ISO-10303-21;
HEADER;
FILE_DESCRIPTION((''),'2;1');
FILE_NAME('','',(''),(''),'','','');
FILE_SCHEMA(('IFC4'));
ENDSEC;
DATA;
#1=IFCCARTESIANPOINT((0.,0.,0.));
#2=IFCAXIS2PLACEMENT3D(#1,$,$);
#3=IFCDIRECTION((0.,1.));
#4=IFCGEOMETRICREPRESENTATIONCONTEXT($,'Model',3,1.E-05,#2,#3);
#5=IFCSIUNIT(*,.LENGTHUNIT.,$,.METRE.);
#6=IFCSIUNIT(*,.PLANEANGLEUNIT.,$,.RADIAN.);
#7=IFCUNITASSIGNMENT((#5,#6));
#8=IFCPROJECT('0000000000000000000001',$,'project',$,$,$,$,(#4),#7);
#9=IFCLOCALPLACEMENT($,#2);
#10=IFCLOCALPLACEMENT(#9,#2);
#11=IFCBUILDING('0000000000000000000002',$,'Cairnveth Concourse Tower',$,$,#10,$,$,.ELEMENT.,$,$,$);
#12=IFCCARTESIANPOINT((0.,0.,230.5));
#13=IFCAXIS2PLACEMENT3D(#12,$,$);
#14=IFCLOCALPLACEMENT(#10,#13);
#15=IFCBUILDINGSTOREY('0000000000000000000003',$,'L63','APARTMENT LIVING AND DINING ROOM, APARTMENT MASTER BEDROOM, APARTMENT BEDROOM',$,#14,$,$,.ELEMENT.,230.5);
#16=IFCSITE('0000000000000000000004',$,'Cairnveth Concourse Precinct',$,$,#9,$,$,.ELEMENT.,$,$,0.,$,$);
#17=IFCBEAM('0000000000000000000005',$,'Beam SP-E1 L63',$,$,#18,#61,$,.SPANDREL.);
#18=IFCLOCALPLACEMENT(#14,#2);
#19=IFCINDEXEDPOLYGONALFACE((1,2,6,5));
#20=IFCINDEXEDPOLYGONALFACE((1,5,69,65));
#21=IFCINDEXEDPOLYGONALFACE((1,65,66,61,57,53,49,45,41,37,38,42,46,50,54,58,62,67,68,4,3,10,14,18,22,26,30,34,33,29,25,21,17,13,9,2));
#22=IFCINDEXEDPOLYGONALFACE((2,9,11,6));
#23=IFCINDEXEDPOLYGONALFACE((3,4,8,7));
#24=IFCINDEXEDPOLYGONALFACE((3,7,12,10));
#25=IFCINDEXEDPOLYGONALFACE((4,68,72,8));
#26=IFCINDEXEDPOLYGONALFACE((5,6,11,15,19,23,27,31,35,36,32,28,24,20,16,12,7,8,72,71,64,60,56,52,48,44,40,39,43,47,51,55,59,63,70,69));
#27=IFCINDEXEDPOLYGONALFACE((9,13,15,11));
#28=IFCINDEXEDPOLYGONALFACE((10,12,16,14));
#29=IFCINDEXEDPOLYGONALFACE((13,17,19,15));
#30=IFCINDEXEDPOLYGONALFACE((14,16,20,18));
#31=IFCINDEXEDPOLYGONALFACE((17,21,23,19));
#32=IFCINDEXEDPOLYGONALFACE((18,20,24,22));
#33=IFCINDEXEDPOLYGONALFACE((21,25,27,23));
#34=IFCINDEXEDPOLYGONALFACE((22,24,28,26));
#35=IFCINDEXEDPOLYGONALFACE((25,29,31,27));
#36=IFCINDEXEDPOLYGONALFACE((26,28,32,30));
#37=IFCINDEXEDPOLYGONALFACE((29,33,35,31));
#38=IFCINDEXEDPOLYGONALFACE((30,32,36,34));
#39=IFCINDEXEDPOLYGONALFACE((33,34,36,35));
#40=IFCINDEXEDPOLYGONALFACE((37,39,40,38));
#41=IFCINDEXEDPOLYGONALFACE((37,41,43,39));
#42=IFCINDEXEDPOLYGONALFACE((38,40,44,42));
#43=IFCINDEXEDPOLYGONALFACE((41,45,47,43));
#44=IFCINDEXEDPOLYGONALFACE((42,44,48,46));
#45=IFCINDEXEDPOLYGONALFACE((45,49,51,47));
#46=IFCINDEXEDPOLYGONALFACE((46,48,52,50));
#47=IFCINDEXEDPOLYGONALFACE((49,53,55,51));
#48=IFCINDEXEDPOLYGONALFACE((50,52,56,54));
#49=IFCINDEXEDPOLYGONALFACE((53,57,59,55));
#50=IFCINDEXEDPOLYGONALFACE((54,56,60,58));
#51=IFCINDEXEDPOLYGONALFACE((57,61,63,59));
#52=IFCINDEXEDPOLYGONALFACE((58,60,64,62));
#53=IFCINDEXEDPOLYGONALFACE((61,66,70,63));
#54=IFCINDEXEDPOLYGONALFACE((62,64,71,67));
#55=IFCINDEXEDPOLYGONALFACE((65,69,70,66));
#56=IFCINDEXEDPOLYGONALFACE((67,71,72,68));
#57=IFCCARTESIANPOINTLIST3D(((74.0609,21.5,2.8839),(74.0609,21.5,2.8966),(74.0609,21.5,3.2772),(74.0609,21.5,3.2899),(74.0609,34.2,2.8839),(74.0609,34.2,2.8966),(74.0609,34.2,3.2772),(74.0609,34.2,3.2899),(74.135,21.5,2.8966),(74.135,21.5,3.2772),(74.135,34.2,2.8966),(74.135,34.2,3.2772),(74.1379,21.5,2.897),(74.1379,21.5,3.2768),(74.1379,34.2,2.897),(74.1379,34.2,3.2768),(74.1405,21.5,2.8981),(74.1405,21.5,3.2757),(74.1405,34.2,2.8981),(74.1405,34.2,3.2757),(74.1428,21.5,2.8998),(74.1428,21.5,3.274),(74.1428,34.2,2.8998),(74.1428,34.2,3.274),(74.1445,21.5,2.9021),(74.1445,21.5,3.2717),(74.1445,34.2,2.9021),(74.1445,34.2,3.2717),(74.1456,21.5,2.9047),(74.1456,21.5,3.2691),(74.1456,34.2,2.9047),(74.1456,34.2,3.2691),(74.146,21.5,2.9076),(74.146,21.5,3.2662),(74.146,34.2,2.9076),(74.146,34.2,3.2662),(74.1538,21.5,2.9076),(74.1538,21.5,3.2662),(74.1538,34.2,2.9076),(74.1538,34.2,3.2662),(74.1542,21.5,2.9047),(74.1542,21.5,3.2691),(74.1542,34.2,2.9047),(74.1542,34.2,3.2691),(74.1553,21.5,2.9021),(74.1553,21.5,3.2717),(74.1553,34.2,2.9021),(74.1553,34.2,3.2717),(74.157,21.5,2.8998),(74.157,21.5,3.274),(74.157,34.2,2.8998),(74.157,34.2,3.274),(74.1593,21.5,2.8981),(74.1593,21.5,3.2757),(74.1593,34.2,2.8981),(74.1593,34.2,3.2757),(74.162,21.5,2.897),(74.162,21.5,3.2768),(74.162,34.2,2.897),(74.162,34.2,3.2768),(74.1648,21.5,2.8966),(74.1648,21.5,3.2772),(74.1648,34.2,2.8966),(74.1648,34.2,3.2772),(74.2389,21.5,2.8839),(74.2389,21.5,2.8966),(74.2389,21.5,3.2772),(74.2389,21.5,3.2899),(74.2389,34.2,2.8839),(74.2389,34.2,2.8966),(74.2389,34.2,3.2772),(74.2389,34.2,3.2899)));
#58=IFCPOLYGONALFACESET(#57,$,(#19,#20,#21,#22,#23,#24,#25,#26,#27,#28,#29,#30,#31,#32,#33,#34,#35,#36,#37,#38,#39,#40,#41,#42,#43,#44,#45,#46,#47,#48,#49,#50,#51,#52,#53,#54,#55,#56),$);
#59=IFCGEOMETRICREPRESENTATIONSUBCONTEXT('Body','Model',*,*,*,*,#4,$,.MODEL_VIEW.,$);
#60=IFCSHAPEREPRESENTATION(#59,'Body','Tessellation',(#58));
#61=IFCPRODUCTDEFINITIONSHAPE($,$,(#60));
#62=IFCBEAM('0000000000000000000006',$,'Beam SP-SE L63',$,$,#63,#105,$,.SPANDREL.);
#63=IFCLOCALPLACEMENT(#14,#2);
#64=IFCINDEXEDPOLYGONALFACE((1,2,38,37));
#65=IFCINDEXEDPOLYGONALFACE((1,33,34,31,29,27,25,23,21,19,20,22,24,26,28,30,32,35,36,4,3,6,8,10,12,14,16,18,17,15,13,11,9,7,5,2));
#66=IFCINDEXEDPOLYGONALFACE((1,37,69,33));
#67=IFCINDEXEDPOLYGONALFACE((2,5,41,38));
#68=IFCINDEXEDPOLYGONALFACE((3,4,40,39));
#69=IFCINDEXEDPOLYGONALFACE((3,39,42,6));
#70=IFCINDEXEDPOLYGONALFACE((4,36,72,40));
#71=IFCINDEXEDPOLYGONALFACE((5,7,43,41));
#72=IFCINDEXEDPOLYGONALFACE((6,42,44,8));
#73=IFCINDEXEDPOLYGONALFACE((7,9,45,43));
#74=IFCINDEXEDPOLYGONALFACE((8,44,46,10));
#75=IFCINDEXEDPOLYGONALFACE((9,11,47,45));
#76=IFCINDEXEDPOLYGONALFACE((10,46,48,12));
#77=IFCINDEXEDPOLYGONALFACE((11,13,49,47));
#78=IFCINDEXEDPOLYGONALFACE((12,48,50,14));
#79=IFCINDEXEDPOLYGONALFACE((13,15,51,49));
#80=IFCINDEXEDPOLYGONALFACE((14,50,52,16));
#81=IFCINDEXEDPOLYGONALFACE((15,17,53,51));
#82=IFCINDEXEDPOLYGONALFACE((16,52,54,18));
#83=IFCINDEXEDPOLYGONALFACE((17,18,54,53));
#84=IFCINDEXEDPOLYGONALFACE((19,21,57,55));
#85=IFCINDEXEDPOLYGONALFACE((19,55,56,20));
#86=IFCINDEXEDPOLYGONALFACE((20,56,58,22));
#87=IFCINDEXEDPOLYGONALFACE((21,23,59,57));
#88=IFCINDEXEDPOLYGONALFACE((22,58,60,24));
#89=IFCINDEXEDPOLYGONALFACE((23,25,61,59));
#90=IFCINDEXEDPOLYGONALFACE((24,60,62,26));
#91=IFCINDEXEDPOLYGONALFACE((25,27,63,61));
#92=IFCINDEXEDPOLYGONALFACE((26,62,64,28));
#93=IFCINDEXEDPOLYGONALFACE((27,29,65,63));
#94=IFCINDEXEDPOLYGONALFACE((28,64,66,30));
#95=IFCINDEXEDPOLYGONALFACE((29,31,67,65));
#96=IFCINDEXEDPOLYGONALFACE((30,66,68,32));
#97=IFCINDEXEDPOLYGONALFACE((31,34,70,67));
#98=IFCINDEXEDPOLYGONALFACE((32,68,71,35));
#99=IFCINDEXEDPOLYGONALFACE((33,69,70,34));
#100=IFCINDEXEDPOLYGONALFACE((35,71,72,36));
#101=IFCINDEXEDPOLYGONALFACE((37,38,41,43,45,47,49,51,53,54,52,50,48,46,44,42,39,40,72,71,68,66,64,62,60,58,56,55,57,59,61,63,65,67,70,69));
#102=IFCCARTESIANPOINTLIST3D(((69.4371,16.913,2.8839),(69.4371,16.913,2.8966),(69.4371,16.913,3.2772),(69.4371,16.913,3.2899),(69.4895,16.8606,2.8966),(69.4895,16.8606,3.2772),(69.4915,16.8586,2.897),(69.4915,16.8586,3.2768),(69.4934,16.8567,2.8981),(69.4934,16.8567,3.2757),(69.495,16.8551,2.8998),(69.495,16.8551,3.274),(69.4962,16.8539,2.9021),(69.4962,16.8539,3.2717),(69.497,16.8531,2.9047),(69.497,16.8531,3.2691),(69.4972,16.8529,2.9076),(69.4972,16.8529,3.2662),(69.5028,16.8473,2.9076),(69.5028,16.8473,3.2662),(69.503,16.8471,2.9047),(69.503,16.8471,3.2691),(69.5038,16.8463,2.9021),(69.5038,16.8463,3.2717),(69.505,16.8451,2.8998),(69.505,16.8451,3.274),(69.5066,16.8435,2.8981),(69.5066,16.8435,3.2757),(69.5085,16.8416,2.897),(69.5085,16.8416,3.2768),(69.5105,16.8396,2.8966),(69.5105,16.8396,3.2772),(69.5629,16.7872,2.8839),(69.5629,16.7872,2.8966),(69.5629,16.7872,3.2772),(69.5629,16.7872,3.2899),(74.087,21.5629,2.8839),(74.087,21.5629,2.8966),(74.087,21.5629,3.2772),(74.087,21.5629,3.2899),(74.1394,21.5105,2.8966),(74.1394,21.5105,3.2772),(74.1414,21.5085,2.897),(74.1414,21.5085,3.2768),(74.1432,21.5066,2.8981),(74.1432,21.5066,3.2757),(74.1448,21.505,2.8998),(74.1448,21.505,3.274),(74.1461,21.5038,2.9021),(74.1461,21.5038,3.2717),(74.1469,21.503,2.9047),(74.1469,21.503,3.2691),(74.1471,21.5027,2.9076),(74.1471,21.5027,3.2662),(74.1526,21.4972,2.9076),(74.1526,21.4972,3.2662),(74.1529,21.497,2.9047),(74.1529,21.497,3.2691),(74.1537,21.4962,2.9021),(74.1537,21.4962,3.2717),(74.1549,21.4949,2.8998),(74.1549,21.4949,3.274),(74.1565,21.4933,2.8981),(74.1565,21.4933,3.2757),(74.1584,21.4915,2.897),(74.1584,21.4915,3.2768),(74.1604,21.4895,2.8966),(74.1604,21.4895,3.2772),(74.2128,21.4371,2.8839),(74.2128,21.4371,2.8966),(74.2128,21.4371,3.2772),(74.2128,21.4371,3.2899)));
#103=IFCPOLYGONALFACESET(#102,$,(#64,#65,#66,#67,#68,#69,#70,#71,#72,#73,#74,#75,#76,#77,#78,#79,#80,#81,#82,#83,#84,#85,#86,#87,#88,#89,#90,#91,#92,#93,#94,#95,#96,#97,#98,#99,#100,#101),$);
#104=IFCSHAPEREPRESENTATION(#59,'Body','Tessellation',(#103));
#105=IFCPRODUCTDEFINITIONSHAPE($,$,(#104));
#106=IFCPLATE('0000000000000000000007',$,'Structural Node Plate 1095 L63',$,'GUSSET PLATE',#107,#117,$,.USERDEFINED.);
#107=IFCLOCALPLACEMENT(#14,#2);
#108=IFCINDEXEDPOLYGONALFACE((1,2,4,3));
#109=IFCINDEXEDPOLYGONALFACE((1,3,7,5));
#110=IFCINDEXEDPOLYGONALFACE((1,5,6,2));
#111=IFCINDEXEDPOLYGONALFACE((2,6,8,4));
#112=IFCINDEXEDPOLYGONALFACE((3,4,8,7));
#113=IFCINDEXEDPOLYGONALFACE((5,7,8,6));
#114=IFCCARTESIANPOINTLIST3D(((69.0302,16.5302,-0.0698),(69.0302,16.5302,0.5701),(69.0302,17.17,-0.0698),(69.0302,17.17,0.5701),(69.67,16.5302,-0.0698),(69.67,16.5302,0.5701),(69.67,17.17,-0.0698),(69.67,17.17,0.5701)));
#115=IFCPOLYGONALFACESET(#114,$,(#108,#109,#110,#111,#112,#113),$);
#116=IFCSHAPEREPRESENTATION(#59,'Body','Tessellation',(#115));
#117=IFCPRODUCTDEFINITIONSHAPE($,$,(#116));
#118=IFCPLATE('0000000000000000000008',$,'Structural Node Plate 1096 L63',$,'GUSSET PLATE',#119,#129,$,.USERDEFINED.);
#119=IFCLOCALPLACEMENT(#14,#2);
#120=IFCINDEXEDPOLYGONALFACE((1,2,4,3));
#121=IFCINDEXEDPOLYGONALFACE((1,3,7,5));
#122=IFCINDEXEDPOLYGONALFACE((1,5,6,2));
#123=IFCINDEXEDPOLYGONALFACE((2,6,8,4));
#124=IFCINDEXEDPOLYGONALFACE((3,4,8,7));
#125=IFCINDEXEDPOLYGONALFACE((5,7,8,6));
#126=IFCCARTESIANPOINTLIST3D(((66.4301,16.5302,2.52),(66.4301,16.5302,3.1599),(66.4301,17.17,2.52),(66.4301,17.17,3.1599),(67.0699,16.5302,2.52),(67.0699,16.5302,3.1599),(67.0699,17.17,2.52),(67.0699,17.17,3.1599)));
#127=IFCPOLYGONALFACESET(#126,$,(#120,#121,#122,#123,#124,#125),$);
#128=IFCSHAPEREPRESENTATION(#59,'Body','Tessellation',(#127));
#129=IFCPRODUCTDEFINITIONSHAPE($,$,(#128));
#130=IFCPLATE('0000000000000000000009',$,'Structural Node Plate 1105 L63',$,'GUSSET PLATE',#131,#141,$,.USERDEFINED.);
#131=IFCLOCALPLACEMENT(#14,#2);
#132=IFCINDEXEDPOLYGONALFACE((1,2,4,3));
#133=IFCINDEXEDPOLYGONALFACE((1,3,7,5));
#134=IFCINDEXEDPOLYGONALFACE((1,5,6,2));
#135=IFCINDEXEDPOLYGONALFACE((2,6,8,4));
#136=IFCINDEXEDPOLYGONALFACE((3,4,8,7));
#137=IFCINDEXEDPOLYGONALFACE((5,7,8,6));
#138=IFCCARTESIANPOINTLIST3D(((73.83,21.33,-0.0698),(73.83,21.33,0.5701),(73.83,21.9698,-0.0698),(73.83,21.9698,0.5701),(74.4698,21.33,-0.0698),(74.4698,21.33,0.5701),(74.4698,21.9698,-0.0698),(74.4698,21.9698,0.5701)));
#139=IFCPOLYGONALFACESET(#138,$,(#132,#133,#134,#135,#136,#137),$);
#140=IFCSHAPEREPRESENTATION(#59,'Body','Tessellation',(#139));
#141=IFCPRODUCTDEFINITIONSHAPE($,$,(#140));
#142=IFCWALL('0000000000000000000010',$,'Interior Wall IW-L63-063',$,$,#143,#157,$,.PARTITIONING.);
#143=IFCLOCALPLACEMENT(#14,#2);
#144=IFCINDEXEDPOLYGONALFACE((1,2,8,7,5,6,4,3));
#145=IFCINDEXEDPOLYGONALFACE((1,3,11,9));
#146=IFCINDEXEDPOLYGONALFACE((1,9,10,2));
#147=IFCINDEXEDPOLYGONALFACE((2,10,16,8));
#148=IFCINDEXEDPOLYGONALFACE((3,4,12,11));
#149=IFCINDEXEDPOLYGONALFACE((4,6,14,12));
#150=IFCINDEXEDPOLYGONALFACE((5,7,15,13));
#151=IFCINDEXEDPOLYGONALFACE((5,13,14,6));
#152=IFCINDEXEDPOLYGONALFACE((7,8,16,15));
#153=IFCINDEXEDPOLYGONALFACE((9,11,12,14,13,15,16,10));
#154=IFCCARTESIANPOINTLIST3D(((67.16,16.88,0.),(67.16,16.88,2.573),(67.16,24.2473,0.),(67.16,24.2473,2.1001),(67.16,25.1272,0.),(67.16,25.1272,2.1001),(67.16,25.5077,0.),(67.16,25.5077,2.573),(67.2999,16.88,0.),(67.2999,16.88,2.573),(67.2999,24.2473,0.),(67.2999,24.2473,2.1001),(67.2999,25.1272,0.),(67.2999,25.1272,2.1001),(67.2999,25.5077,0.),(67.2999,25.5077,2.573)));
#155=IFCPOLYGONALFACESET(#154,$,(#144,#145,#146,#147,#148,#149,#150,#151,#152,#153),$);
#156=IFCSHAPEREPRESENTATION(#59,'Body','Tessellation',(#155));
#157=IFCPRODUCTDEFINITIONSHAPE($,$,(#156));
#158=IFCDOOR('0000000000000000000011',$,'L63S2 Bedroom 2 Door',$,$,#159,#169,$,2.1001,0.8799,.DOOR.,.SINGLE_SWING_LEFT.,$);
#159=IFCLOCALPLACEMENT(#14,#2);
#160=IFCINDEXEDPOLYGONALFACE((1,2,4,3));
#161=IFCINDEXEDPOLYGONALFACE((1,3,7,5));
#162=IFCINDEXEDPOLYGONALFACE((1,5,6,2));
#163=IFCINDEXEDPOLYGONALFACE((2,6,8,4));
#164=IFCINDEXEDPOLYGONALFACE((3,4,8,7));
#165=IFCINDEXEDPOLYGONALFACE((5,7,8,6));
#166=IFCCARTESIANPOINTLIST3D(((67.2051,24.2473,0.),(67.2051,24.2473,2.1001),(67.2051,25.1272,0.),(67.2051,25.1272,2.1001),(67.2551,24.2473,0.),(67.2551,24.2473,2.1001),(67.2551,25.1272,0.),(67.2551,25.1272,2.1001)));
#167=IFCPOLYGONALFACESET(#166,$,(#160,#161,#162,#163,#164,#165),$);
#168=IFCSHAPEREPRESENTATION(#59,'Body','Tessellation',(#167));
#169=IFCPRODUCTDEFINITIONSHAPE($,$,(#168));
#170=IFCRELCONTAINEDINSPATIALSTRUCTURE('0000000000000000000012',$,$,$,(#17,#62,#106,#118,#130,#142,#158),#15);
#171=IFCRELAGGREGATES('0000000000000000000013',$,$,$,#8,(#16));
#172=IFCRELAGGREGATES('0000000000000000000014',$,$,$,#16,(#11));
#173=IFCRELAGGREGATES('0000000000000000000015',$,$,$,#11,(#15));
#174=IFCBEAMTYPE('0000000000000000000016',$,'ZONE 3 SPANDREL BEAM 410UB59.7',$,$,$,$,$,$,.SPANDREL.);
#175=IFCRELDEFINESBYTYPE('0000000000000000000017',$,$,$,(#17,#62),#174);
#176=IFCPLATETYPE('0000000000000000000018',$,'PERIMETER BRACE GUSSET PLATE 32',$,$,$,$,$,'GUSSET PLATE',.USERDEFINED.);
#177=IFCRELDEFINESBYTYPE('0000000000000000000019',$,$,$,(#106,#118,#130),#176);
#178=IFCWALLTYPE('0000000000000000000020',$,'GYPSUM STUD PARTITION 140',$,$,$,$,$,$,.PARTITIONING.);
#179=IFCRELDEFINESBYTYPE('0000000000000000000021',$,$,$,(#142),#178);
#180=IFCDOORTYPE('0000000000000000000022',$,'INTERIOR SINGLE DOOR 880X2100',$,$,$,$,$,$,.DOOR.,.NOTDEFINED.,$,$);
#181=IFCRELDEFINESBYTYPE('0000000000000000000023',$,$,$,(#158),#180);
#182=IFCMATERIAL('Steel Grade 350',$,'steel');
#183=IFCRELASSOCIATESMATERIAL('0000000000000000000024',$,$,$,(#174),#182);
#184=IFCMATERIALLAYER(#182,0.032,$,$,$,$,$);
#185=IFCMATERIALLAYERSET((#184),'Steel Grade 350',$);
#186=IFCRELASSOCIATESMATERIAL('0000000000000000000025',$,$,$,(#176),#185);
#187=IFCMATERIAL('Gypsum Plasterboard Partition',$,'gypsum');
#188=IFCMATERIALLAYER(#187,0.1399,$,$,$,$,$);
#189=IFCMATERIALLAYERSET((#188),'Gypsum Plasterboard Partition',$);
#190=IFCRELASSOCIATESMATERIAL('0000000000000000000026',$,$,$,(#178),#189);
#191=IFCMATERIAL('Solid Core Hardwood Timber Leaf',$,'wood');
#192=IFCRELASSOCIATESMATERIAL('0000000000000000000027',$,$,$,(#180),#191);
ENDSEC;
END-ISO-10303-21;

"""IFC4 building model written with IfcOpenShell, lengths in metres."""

from ifc_helpers import new_model, si_unit, direction, frame, frame_2d, origin, origin_2d, place, context, subcontext, project, spatial, rectangle, i_section, extrude, material, layer, layer_set, material_profile, profile_set, type_object, element, fill, save


model = new_model("IFC4")

# Units and contexts
model_context = context("Model", 3, precision=1e-05, world=origin(), true_north=direction((0.0, 1.0)))
body_context = subcontext(model_context, "Body", "Model", "MODEL_VIEW")
ifc_project = project(units=[si_unit("LENGTHUNIT", "METRE"), si_unit("PLANEANGLEUNIT", "RADIAN")], contexts=[model_context])

# Site, building, storey
site_placement = place(None, origin())
site = spatial("IfcSite", under=ifc_project, at=site_placement, Name="Cairnveth Concourse Precinct", CompositionType="ELEMENT", RefElevation=0.0)
building_placement = place(site_placement, origin())
building = spatial("IfcBuilding", under=site, at=building_placement, Name="Cairnveth Concourse Tower", CompositionType="ELEMENT")
storey_placement = place(building_placement, frame((0.0, 0.0, 230.5)))
storey = spatial("IfcBuildingStorey", under=building, at=storey_placement, Name="L63", Description="APARTMENT LIVING AND DINING ROOM, APARTMENT MASTER BEDROOM, APARTMENT BEDROOM", CompositionType="ELEMENT", Elevation=230.5)

# Shared definitions
ifc_material_1 = material(Name="Steel Grade 350", Category="steel")

# Beams
ifc_material_profile_1 = material_profile(ifc_material_1, i_section(OverallWidth=0.178, OverallDepth=0.406, WebThickness=0.0078, FlangeThickness=0.0127, FilletRadius=0.011, at=origin_2d()), Name="410UB59.7")
ifc_profile_set_1 = profile_set([ifc_material_profile_1], Name="Steel Grade 350")
beam_type_1 = type_object("IfcBeamType", Name="ZONE 3 SPANDREL BEAM 410UB59.7", PredefinedType="SPANDREL", material=ifc_profile_set_1)
beam_1_placement = place(storey_placement, frame((74.1499, 21.5, 3.0869), z_axis=(0.0, 1.0, 0.0), x_axis=(-1.0, 0.0, 0.0)))
element("IfcBeam", 1, at=beam_1_placement, inside=storey, type_object=beam_type_1, Name="Beam SP-E1 L63", PredefinedType="SPANDREL", context=body_context, shape_type="SweptSolid", body=[
    extrude(i_section(OverallWidth=0.178, OverallDepth=0.406, WebThickness=0.0078, FlangeThickness=0.0127, FilletRadius=0.011, at=origin_2d()), origin(), (0.0, 0.0, 1.0), 12.7),
])
beam_2_placement = place(storey_placement, frame((69.5, 16.8501, 3.0869), z_axis=(0.707107, 0.707107, 0.0), x_axis=(-0.707107, 0.707107, 0.0)))
element("IfcBeam", 2, at=beam_2_placement, inside=storey, type_object=beam_type_1, Name="Beam SP-SE L63", PredefinedType="SPANDREL", context=body_context, shape_type="SweptSolid", body=[
    extrude(i_section(OverallWidth=0.178, OverallDepth=0.406, WebThickness=0.0078, FlangeThickness=0.0127, FilletRadius=0.011, at=origin_2d()), origin(), (0.0, 0.0, 1.0), 6.5759),
])

# Plates
ifc_layer_1 = layer(ifc_material_1, 0.032)
ifc_layer_set_1 = layer_set([ifc_layer_1], Name="Steel Grade 350")
plate_type = type_object("IfcPlateType", Name="PERIMETER BRACE GUSSET PLATE 32", ElementType="GUSSET PLATE", PredefinedType="USERDEFINED", material=ifc_layer_set_1)
for number, where, z_axis, x_axis, name in (
    (3, (69.3501, 16.8501, -0.0698), (0.0, 0.0, 1.0), (1.0, 0.0, 0.0), "Structural Node Plate 1095 L63"),
    (4, (66.75, 16.8501, 2.52), (0.0, 0.0, 1.0), (1.0, 0.0, 0.0), "Structural Node Plate 1096 L63"),
    (5, (74.1499, 21.6499, -0.0698), (0.0, 0.0, 1.0), (1.0, 0.0, 0.0), "Structural Node Plate 1105 L63"),
):
    element("IfcPlate", number, at=place(storey_placement, frame(where, z_axis=z_axis, x_axis=x_axis)), inside=storey, type_object=plate_type, Name=name, ObjectType="GUSSET PLATE", PredefinedType="USERDEFINED", context=body_context, shape_type="SweptSolid", body=[
        extrude(rectangle(XDim=0.6399, YDim=0.6399, at=origin_2d()), origin(), (0.0, 0.0, 1.0), 0.6399),
    ])

# Wall, opening, door
ifc_material_2 = material(Name="Gypsum Plasterboard Partition", Category="gypsum")
ifc_layer_2 = layer(ifc_material_2, 0.1399)
ifc_layer_set_2 = layer_set([ifc_layer_2], Name="Gypsum Plasterboard Partition")
wall_type_1 = type_object("IfcWallType", Name="GYPSUM STUD PARTITION 140", PredefinedType="PARTITIONING", material=ifc_layer_set_2)
wall_1_placement = place(storey_placement, frame((67.23, 16.8799, 0.0), z_axis=(0.0, 0.0, 1.0), x_axis=(0.0, 1.0, 0.0)))
wall_1 = element("IfcWall", 6, at=wall_1_placement, inside=storey, type_object=wall_type_1, Name="Interior Wall IW-L63-063", PredefinedType="PARTITIONING", context=body_context, shape_type="SweptSolid", body=[
    extrude(rectangle(XDim=8.6277, YDim=0.1399, at=frame_2d((4.314, 0.0))), origin(), (0.0, 0.0, 1.0), 2.573),
])
opening_1_placement = place(wall_1_placement, frame((7.3674, 0.0, 0.0)))
opening_1 = element("IfcOpeningElement", 7, at=opening_1_placement, cuts=wall_1, PredefinedType="OPENING", context=body_context, shape_type="SweptSolid", body=[
    extrude(rectangle(XDim=0.8799, YDim=2.1001, at=frame_2d((0.4399, 1.05))), frame((0.0, 0.0798, 0.0), z_axis=(0.0, -1.0, 0.0), x_axis=(1.0, 0.0, 0.0)), (0.0, 0.0, 1.0), 0.1599),
])
ifc_material_3 = material(Name="Solid Core Hardwood Timber Leaf", Category="wood")
door_type = type_object("IfcDoorType", Name="INTERIOR SINGLE DOOR 880X2100", OperationType="NOTDEFINED", PredefinedType="DOOR", material=ifc_material_3)
door_1_placement = place(opening_1_placement, origin())
door_1 = element("IfcDoor", 8, at=door_1_placement, inside=storey, type_object=door_type, Name="L63S2 Bedroom 2 Door", OperationType="SINGLE_SWING_LEFT", OverallHeight=2.1001, OverallWidth=0.8799, PredefinedType="DOOR", context=body_context, shape_type="SweptSolid", body=[
    extrude(rectangle(XDim=0.8799, YDim=2.1001, at=frame_2d((0.4399, 1.05))), frame((0.0, 0.0249, 0.0), z_axis=(0.0, -1.0, 0.0), x_axis=(1.0, 0.0, 0.0)), (0.0, 0.0, 1.0), 0.05),
])
fill(opening_1, door_1)

save(model, "model.ifc")
